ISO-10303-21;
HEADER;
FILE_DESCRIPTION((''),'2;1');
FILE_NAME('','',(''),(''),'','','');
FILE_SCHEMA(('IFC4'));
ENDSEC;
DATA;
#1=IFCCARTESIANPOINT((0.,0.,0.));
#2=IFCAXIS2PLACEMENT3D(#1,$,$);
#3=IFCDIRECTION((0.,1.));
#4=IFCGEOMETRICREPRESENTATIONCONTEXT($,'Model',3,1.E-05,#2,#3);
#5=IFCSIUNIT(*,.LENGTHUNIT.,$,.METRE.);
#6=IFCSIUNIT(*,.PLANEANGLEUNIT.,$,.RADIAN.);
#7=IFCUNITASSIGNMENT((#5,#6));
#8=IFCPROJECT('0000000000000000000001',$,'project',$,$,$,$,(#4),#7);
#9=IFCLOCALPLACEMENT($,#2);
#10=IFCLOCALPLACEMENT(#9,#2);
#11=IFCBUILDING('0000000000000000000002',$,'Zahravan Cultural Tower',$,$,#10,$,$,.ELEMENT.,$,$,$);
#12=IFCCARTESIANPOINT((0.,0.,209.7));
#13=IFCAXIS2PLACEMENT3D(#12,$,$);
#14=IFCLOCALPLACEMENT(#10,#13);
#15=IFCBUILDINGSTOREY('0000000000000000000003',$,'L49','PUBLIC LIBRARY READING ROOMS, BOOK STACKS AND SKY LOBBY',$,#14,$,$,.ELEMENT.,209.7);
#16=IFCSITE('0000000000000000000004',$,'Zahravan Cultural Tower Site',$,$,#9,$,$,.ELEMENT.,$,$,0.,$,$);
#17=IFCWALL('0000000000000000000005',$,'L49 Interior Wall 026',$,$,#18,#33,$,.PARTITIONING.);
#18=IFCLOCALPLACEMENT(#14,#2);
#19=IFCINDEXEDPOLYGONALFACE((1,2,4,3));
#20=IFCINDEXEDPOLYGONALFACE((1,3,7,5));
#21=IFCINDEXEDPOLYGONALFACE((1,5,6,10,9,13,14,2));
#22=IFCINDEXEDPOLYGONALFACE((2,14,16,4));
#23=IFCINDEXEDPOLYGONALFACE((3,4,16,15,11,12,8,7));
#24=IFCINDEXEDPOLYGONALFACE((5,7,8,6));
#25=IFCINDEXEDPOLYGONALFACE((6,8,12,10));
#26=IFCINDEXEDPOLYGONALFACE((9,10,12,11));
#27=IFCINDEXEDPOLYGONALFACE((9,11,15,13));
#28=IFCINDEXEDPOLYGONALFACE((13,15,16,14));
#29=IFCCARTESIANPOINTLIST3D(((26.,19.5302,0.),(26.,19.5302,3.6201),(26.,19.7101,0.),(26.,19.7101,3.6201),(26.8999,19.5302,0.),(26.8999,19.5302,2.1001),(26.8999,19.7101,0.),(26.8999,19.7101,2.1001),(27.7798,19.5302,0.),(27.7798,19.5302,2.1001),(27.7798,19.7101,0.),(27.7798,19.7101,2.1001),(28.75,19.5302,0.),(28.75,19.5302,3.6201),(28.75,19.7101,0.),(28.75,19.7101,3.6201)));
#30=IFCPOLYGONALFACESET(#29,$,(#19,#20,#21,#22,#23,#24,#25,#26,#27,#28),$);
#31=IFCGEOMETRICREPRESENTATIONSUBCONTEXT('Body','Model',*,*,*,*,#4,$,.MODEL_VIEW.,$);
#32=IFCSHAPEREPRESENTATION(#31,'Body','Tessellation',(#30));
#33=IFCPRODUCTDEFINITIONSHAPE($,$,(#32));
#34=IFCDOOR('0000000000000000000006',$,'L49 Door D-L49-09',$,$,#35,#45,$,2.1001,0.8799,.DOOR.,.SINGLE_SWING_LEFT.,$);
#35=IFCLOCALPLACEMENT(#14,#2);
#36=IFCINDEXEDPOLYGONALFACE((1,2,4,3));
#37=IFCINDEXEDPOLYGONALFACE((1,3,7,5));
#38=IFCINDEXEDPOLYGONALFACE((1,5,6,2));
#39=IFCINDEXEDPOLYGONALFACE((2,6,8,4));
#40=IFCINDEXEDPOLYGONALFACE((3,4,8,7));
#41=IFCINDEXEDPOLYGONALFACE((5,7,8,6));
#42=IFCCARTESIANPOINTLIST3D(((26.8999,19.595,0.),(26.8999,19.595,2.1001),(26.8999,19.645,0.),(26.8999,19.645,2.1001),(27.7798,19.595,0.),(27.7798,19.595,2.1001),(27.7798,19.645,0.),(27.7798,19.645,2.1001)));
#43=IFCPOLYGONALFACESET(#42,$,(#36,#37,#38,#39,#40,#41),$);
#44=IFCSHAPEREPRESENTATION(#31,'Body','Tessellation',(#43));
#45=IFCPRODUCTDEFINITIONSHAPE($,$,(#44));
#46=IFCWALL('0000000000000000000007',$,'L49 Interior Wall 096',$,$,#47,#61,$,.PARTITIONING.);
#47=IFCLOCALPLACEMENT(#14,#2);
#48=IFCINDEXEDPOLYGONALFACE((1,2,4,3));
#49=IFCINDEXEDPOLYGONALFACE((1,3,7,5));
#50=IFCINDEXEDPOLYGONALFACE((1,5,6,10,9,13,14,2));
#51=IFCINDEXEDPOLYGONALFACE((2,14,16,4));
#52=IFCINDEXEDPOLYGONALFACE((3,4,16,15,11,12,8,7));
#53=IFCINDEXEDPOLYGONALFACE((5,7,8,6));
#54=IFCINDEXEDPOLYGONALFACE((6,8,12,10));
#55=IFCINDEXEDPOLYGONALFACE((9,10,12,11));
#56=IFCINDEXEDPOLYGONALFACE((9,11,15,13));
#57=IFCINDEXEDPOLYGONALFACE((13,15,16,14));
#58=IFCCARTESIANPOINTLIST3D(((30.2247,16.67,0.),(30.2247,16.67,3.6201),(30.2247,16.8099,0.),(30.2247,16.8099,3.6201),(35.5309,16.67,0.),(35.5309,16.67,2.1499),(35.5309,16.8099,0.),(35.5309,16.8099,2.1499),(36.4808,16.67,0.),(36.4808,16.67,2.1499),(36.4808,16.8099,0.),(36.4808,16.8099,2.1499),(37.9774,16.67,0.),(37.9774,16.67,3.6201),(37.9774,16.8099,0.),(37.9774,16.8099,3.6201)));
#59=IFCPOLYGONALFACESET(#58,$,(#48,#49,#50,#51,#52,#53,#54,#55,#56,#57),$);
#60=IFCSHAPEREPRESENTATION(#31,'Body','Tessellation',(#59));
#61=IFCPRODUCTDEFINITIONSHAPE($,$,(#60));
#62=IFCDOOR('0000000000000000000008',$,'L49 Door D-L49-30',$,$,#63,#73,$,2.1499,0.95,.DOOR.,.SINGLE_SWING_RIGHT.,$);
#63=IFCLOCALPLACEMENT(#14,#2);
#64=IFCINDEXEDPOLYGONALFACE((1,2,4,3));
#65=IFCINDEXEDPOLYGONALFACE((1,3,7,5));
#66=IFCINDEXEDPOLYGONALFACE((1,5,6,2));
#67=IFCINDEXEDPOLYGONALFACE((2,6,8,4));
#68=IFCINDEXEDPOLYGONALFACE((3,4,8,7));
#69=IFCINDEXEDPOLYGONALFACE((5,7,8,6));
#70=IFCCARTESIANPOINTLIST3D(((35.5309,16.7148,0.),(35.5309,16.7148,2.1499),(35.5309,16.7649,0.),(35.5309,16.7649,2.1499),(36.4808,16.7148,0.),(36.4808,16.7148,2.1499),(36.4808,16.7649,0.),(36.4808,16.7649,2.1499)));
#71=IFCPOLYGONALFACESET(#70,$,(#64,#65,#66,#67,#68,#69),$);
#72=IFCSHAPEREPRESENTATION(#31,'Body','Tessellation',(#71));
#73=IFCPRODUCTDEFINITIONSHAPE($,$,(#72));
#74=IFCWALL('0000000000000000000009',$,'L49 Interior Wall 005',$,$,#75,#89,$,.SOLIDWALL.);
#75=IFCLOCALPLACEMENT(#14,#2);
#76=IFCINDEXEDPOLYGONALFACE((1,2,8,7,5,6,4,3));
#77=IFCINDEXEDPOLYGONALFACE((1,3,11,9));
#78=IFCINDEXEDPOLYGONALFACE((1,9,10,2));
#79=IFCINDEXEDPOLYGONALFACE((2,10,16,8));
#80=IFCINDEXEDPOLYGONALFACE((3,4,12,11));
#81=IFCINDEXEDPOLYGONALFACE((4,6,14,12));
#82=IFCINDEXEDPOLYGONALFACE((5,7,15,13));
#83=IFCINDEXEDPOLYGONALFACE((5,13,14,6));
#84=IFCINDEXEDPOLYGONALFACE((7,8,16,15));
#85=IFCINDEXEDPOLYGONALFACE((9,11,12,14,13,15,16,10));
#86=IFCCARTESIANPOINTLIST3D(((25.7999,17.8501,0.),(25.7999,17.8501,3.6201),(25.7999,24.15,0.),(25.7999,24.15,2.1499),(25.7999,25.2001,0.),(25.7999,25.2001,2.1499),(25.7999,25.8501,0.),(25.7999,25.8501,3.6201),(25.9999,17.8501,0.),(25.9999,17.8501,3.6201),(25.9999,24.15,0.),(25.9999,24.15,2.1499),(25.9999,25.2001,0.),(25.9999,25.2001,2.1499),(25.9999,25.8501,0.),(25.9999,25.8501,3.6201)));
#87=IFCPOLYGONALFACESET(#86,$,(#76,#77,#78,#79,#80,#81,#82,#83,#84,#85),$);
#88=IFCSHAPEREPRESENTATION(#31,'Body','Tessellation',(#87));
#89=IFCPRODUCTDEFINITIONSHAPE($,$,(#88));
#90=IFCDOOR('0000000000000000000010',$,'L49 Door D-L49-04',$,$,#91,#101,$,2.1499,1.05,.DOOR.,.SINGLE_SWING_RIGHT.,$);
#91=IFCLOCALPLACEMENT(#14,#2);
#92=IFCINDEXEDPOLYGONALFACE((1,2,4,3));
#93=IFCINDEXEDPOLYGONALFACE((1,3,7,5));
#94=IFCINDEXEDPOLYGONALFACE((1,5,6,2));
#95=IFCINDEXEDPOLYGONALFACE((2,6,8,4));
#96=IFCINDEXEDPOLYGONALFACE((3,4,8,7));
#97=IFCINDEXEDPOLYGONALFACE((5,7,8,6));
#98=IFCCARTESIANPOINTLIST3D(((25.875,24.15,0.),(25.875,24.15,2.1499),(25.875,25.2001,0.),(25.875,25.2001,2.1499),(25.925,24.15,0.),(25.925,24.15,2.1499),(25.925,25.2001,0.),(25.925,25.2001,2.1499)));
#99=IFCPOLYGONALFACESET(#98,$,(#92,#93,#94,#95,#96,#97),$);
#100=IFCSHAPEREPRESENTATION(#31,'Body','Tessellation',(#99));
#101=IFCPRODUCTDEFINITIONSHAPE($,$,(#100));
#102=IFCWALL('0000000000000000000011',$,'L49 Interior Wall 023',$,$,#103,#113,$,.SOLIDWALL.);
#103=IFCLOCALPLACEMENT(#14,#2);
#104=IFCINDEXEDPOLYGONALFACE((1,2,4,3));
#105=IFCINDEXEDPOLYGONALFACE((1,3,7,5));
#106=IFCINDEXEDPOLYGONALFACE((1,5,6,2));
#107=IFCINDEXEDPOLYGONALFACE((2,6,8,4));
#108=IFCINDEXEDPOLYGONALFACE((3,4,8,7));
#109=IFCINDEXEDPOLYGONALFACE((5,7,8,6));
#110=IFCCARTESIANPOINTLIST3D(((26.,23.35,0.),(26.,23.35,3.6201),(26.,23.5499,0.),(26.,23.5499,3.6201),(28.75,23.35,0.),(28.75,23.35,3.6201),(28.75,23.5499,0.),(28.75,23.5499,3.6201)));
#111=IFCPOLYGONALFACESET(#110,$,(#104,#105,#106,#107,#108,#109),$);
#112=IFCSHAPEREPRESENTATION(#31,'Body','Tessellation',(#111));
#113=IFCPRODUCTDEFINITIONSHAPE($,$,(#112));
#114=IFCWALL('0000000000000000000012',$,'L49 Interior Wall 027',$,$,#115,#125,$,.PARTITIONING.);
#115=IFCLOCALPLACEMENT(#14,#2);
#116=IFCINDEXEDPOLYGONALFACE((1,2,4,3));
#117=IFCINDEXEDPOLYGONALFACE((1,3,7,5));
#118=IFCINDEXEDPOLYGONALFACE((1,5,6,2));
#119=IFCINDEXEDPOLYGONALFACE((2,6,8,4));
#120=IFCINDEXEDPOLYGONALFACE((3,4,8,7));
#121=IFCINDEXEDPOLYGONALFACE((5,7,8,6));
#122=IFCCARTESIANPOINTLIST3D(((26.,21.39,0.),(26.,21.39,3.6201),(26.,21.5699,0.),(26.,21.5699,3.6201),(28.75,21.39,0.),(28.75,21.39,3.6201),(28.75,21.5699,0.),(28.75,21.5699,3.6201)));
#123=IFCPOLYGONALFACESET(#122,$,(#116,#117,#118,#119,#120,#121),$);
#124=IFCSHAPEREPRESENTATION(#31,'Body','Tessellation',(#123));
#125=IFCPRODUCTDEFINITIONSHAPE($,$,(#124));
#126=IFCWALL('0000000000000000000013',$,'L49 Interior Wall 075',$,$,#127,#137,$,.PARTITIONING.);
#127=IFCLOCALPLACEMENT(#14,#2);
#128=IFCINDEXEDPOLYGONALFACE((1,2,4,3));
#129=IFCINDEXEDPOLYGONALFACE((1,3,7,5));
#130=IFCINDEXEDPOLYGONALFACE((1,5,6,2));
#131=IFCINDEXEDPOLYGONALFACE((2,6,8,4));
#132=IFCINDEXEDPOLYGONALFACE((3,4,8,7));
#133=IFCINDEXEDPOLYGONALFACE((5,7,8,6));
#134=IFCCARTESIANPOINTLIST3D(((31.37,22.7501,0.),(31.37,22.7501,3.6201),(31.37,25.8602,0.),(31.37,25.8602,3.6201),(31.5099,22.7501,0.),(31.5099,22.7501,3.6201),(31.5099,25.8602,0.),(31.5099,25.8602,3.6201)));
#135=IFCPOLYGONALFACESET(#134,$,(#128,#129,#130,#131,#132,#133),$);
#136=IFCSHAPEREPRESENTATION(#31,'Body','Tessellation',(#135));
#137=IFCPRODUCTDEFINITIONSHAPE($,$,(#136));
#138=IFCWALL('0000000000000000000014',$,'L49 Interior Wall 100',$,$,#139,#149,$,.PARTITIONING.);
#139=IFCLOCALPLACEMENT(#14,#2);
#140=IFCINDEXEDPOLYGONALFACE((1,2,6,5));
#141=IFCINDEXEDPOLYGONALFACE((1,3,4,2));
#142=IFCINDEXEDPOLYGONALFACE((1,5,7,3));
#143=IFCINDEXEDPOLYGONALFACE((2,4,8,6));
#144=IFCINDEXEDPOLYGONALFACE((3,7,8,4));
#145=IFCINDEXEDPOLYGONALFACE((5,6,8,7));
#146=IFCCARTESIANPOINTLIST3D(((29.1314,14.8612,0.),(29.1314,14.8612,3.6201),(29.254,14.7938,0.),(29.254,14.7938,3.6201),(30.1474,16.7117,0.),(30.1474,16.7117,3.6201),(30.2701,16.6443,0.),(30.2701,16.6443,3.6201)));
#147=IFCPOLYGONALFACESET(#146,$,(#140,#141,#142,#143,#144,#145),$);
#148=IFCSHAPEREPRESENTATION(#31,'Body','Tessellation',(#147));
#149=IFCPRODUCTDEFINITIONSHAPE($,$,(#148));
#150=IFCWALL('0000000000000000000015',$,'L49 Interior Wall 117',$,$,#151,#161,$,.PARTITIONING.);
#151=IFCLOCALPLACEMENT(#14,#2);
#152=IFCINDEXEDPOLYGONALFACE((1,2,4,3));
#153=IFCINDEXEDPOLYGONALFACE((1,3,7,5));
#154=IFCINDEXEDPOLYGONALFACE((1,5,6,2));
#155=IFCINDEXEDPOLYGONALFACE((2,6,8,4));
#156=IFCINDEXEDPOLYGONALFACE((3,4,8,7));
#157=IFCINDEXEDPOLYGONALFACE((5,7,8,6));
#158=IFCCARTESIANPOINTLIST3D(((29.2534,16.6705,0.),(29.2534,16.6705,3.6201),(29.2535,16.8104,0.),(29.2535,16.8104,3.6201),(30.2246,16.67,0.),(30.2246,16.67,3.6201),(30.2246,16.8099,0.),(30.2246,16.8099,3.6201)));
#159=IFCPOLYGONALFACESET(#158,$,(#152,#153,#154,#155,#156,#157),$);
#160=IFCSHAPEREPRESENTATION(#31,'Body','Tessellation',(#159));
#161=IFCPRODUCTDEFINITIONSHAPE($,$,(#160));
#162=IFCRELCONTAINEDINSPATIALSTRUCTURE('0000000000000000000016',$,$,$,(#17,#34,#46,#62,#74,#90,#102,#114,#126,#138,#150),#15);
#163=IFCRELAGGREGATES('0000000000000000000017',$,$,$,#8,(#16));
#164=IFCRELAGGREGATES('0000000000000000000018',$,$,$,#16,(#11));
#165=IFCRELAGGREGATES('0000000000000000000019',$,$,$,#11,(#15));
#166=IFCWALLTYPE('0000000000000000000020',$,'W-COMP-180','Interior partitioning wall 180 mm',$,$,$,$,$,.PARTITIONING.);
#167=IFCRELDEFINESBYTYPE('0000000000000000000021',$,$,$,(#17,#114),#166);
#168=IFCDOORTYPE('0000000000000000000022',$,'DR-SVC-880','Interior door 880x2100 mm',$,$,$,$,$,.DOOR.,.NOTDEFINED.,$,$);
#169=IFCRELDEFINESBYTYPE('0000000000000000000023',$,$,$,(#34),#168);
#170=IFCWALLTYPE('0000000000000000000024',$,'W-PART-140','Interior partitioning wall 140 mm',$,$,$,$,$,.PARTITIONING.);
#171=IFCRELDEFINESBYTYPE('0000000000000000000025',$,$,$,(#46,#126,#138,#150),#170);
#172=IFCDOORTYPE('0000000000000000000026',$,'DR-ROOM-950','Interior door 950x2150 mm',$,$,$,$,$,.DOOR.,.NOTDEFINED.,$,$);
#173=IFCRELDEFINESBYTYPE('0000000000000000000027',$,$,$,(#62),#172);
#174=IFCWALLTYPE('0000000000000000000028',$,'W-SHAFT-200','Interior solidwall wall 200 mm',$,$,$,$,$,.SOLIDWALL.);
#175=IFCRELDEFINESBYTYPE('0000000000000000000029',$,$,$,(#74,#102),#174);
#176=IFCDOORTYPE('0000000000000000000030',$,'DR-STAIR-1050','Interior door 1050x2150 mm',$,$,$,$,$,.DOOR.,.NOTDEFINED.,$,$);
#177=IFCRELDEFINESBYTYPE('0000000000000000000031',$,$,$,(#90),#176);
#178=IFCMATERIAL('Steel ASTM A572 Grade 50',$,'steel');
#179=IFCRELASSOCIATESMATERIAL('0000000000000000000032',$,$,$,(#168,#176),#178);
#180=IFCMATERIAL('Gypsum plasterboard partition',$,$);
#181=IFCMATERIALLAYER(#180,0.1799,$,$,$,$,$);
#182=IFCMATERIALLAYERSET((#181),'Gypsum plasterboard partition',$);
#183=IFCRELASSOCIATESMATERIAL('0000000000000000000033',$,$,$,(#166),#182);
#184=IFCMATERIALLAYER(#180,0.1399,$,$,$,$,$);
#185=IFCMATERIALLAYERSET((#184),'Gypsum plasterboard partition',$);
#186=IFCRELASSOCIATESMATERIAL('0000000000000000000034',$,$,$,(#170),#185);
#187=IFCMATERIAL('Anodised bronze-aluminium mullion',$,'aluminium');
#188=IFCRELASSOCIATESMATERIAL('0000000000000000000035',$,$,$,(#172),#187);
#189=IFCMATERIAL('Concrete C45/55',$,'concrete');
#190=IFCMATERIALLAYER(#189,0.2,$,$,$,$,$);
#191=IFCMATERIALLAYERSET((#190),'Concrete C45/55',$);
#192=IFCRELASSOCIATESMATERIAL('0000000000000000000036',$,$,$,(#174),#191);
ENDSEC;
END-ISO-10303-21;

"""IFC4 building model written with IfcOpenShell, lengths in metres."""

from ifc_helpers import new_model, si_unit, direction, frame, frame_2d, origin, place, context, subcontext, project, spatial, rectangle, extrude, source, transform, mapped, material, layer, layer_set, type_object, element, fill, save


model = new_model("IFC4")

# Units and contexts
model_context = context("Model", 3, precision=1e-05, world=origin(), true_north=direction((0.0, 1.0)))
body_context = subcontext(model_context, "Body", "Model", "MODEL_VIEW")
ifc_project = project(units=[si_unit("LENGTHUNIT", "METRE"), si_unit("PLANEANGLEUNIT", "RADIAN")], contexts=[model_context])

# Site, building, storey
site_placement = place(None, origin())
site = spatial("IfcSite", under=ifc_project, at=site_placement, Name="Zahravan Cultural Tower Site", CompositionType="ELEMENT", RefElevation=0.0)
building_placement = place(site_placement, origin())
building = spatial("IfcBuilding", under=site, at=building_placement, Name="Zahravan Cultural Tower", CompositionType="ELEMENT")
storey_placement = place(building_placement, frame((0.0, 0.0, 209.7)))
storey = spatial("IfcBuildingStorey", under=building, at=storey_placement, Name="L49", Description="PUBLIC LIBRARY READING ROOMS, BOOK STACKS AND SKY LOBBY", CompositionType="ELEMENT", Elevation=209.7)

# Shared definitions
ifc_material_1 = material(Name="Steel ASTM A572 Grade 50", Category="steel")
door_type_1 = type_object("IfcDoorType", Name="DR-SVC-880", Description="Interior door 880x2100 mm", OperationType="NOTDEFINED", PredefinedType="DOOR", material=ifc_material_1)
shared_shape_1 = source(origin(), body_context, "Body", "SweptSolid", [
    extrude(rectangle(XDim=0.8799, YDim=2.1001, at=frame_2d((0.4399, 1.05))), frame((0.0, 0.0249, 0.0), z_axis=(0.0, -1.0, 0.0), x_axis=(1.0, 0.0, 0.0)), (0.0, 0.0, 1.0), 0.05),
])

# Walls, openings, doors
ifc_material_2 = material(Name="Gypsum plasterboard partition")
ifc_layer_1 = layer(ifc_material_2, 0.1799)
ifc_layer_set_1 = layer_set([ifc_layer_1], Name="Gypsum plasterboard partition")
wall_type_1 = type_object("IfcWallType", Name="W-COMP-180", Description="Interior partitioning wall 180 mm", PredefinedType="PARTITIONING", material=ifc_layer_set_1)
wall_1_placement = place(storey_placement, frame((26.0, 19.6201, 0.0), z_axis=(0.0, 0.0, 1.0), x_axis=(1.0, 0.0, 0.0)))
wall_1 = element("IfcWall", 1, at=wall_1_placement, inside=storey, type_object=wall_type_1, Name="L49 Interior Wall 026", PredefinedType="PARTITIONING", context=body_context, shape_type="SweptSolid", body=[
    extrude(rectangle(XDim=2.75, YDim=0.1799, at=frame_2d((1.375, 0.0))), origin(), (0.0, 0.0, 1.0), 3.6201),
])
opening_1_placement = place(wall_1_placement, frame((0.8999, 0.0, 0.0)))
opening_1 = element("IfcOpeningElement", 2, at=opening_1_placement, cuts=wall_1, PredefinedType="OPENING", context=body_context, shape_type="SweptSolid", body=[
    extrude(rectangle(XDim=0.8799, YDim=2.1001, at=frame_2d((0.4399, 1.05))), frame((0.0, 0.0999, 0.0), z_axis=(0.0, -1.0, 0.0), x_axis=(1.0, 0.0, 0.0)), (0.0, 0.0, 1.0), 0.2),
])
door_1_placement = place(opening_1_placement, origin())
door_1 = element("IfcDoor", 3, at=door_1_placement, inside=storey, type_object=door_type_1, Name="L49 Door D-L49-09", OperationType="SINGLE_SWING_LEFT", OverallHeight=2.1001, OverallWidth=0.8799, PredefinedType="DOOR", context=body_context, shape_type="MappedRepresentation", body=[
    mapped(shared_shape_1, transform((0.0, 0.0, 0.0), x_axis=(1.0, 0.0, 0.0), y_axis=(0.0, 1.0, 0.0), z_axis=(0.0, 0.0, 1.0), scale=1.0)),
])
fill(opening_1, door_1)
ifc_layer_2 = layer(ifc_material_2, 0.1399)
ifc_layer_set_2 = layer_set([ifc_layer_2], Name="Gypsum plasterboard partition")
wall_type_2 = type_object("IfcWallType", Name="W-PART-140", Description="Interior partitioning wall 140 mm", PredefinedType="PARTITIONING", material=ifc_layer_set_2)
wall_2_placement = place(storey_placement, frame((30.2246, 16.74, 0.0), z_axis=(0.0, 0.0, 1.0), x_axis=(1.0, 0.0, 0.0)))
wall_2 = element("IfcWall", 4, at=wall_2_placement, inside=storey, type_object=wall_type_2, Name="L49 Interior Wall 096", PredefinedType="PARTITIONING", context=body_context, shape_type="SweptSolid", body=[
    extrude(rectangle(XDim=7.7527, YDim=0.1399, at=frame_2d((3.8765, 0.0))), origin(), (0.0, 0.0, 1.0), 3.6201),
])
opening_2_placement = place(wall_2_placement, frame((5.3062, 0.0, 0.0)))
opening_2 = element("IfcOpeningElement", 5, at=opening_2_placement, cuts=wall_2, PredefinedType="OPENING", context=body_context, shape_type="SweptSolid", body=[
    extrude(rectangle(XDim=0.95, YDim=2.1499, at=frame_2d((0.4751, 1.075))), frame((0.0, 0.0798, 0.0), z_axis=(0.0, -1.0, 0.0), x_axis=(1.0, 0.0, 0.0)), (0.0, 0.0, 1.0), 0.1599),
])
ifc_material_3 = material(Name="Anodised bronze-aluminium mullion", Category="aluminium")
door_type_2 = type_object("IfcDoorType", Name="DR-ROOM-950", Description="Interior door 950x2150 mm", OperationType="NOTDEFINED", PredefinedType="DOOR", material=ifc_material_3)
shared_shape_2 = source(origin(), body_context, "Body", "SweptSolid", [
    extrude(rectangle(XDim=0.95, YDim=2.1499, at=frame_2d((0.4751, 1.075))), frame((0.0, 0.0249, 0.0), z_axis=(0.0, -1.0, 0.0), x_axis=(1.0, 0.0, 0.0)), (0.0, 0.0, 1.0), 0.05),
])
door_2_placement = place(opening_2_placement, origin())
door_2 = element("IfcDoor", 6, at=door_2_placement, inside=storey, type_object=door_type_2, Name="L49 Door D-L49-30", OperationType="SINGLE_SWING_RIGHT", OverallHeight=2.1499, OverallWidth=0.95, PredefinedType="DOOR", context=body_context, shape_type="MappedRepresentation", body=[
    mapped(shared_shape_2, transform((0.0, 0.0, 0.0), x_axis=(1.0, 0.0, 0.0), y_axis=(0.0, 1.0, 0.0), z_axis=(0.0, 0.0, 1.0), scale=1.0)),
])
fill(opening_2, door_2)
ifc_material_4 = material(Name="Concrete C45/55", Category="concrete")
ifc_layer_3 = layer(ifc_material_4, 0.2)
ifc_layer_set_3 = layer_set([ifc_layer_3], Name="Concrete C45/55")
wall_type_3 = type_object("IfcWallType", Name="W-SHAFT-200", Description="Interior solidwall wall 200 mm", PredefinedType="SOLIDWALL", material=ifc_layer_set_3)
wall_3_placement = place(storey_placement, frame((25.8999, 17.8501, 0.0), z_axis=(0.0, 0.0, 1.0), x_axis=(0.0, 1.0, 0.0)))
wall_3 = element("IfcWall", 7, at=wall_3_placement, inside=storey, type_object=wall_type_3, Name="L49 Interior Wall 005", PredefinedType="SOLIDWALL", context=body_context, shape_type="SweptSolid", body=[
    extrude(rectangle(XDim=8.0, YDim=0.2, at=frame_2d((4.0, 0.0))), origin(), (0.0, 0.0, 1.0), 3.6201),
])
opening_3_placement = place(wall_3_placement, frame((6.3, 0.0, 0.0)))
opening_3 = element("IfcOpeningElement", 8, at=opening_3_placement, cuts=wall_3, PredefinedType="OPENING", context=body_context, shape_type="SweptSolid", body=[
    extrude(rectangle(XDim=1.05, YDim=2.1499, at=frame_2d((0.5249, 1.075))), frame((0.0, 0.1099, 0.0), z_axis=(0.0, -1.0, 0.0), x_axis=(1.0, 0.0, 0.0)), (0.0, 0.0, 1.0), 0.22),
])
door_type_3 = type_object("IfcDoorType", Name="DR-STAIR-1050", Description="Interior door 1050x2150 mm", OperationType="NOTDEFINED", PredefinedType="DOOR", material=ifc_material_1)
shared_shape_3 = source(origin(), body_context, "Body", "SweptSolid", [
    extrude(rectangle(XDim=1.05, YDim=2.1499, at=frame_2d((0.5249, 1.075))), frame((0.0, 0.0249, 0.0), z_axis=(0.0, -1.0, 0.0), x_axis=(1.0, 0.0, 0.0)), (0.0, 0.0, 1.0), 0.05),
])
door_3_placement = place(opening_3_placement, origin())
door_3 = element("IfcDoor", 9, at=door_3_placement, inside=storey, type_object=door_type_3, Name="L49 Door D-L49-04", OperationType="SINGLE_SWING_RIGHT", OverallHeight=2.1499, OverallWidth=1.05, PredefinedType="DOOR", context=body_context, shape_type="MappedRepresentation", body=[
    mapped(shared_shape_3, transform((0.0, 0.0, 0.0), x_axis=(1.0, 0.0, 0.0), y_axis=(0.0, 1.0, 0.0), z_axis=(0.0, 0.0, 1.0), scale=1.0)),
])
fill(opening_3, door_3)

# Walls
shared_shape_4 = source(origin(), body_context, "Body", "SweptSolid", [
    extrude(rectangle(XDim=2.75, YDim=0.2, at=frame_2d((1.375, 0.0))), origin(), (0.0, 0.0, 1.0), 3.6201),
])
wall_4_placement = place(storey_placement, frame((26.0, 23.45, 0.0), z_axis=(0.0, 0.0, 1.0), x_axis=(1.0, 0.0, 0.0)))
element("IfcWall", 10, at=wall_4_placement, inside=storey, type_object=wall_type_3, Name="L49 Interior Wall 023", PredefinedType="SOLIDWALL", context=body_context, shape_type="MappedRepresentation", body=[
    mapped(shared_shape_4, transform((0.0, 0.0, 0.0), x_axis=(1.0, 0.0, 0.0), y_axis=(0.0, 1.0, 0.0), z_axis=(0.0, 0.0, 1.0), scale=1.0)),
])
shared_shape_5 = source(origin(), body_context, "Body", "SweptSolid", [
    extrude(rectangle(XDim=2.75, YDim=0.1799, at=frame_2d((1.375, 0.0))), origin(), (0.0, 0.0, 1.0), 3.6201),
])
wall_5_placement = place(storey_placement, frame((26.0, 21.48, 0.0), z_axis=(0.0, 0.0, 1.0), x_axis=(1.0, 0.0, 0.0)))
element("IfcWall", 11, at=wall_5_placement, inside=storey, type_object=wall_type_1, Name="L49 Interior Wall 027", PredefinedType="PARTITIONING", context=body_context, shape_type="MappedRepresentation", body=[
    mapped(shared_shape_5, transform((0.0, 0.0, 0.0), x_axis=(1.0, 0.0, 0.0), y_axis=(0.0, 1.0, 0.0), z_axis=(0.0, 0.0, 1.0), scale=1.0)),
])
shared_shape_6 = source(origin(), body_context, "Body", "SweptSolid", [
    extrude(rectangle(XDim=3.1101, YDim=0.1399, at=frame_2d((1.5552, 0.0))), origin(), (0.0, 0.0, 1.0), 3.6201),
])
wall_6_placement = place(storey_placement, frame((31.4399, 22.75, 0.0), z_axis=(0.0, 0.0, 1.0), x_axis=(0.0, 1.0, 0.0)))
element("IfcWall", 12, at=wall_6_placement, inside=storey, type_object=wall_type_2, Name="L49 Interior Wall 075", PredefinedType="PARTITIONING", context=body_context, shape_type="MappedRepresentation", body=[
    mapped(shared_shape_6, transform((0.0, 0.0, 0.0), x_axis=(1.0, 0.0, 0.0), y_axis=(0.0, 1.0, 0.0), z_axis=(0.0, 0.0, 1.0), scale=1.0)),
])
shared_shape_7 = source(origin(), body_context, "Body", "SweptSolid", [
    extrude(rectangle(XDim=2.1111, YDim=0.1399, at=frame_2d((1.0557, 0.0))), origin(), (0.0, 0.0, 1.0), 3.6201),
])
wall_7_placement = place(storey_placement, frame((29.1926, 14.8274, 0.0), z_axis=(0.0, 0.0, 1.0), x_axis=(0.481297, 0.876558, 0.0)))
element("IfcWall", 13, at=wall_7_placement, inside=storey, type_object=wall_type_2, Name="L49 Interior Wall 100", PredefinedType="PARTITIONING", context=body_context, shape_type="MappedRepresentation", body=[
    mapped(shared_shape_7, transform((0.0, 0.0, 0.0), x_axis=(1.0, 0.0, 0.0), y_axis=(0.0, 1.0, 0.0), z_axis=(0.0, 0.0, 1.0), scale=1.0)),
])
shared_shape_8 = source(origin(), body_context, "Body", "SweptSolid", [
    extrude(rectangle(XDim=0.9712, YDim=0.1399, at=frame_2d((0.4856, 0.0))), origin(), (0.0, 0.0, 1.0), 3.6201),
])
wall_8_placement = place(storey_placement, frame((29.2534, 16.7405, 0.0), z_axis=(0.0, 0.0, 1.0), x_axis=(1.0, -0.000503, 0.0)))
element("IfcWall", 14, at=wall_8_placement, inside=storey, type_object=wall_type_2, Name="L49 Interior Wall 117", PredefinedType="PARTITIONING", context=body_context, shape_type="MappedRepresentation", body=[
    mapped(shared_shape_8, transform((0.0, 0.0, 0.0), x_axis=(1.0, 0.0, 0.0), y_axis=(0.0, 1.0, 0.0), z_axis=(0.0, 0.0, 1.0), scale=1.0)),
])

save(model, "model.ifc")
